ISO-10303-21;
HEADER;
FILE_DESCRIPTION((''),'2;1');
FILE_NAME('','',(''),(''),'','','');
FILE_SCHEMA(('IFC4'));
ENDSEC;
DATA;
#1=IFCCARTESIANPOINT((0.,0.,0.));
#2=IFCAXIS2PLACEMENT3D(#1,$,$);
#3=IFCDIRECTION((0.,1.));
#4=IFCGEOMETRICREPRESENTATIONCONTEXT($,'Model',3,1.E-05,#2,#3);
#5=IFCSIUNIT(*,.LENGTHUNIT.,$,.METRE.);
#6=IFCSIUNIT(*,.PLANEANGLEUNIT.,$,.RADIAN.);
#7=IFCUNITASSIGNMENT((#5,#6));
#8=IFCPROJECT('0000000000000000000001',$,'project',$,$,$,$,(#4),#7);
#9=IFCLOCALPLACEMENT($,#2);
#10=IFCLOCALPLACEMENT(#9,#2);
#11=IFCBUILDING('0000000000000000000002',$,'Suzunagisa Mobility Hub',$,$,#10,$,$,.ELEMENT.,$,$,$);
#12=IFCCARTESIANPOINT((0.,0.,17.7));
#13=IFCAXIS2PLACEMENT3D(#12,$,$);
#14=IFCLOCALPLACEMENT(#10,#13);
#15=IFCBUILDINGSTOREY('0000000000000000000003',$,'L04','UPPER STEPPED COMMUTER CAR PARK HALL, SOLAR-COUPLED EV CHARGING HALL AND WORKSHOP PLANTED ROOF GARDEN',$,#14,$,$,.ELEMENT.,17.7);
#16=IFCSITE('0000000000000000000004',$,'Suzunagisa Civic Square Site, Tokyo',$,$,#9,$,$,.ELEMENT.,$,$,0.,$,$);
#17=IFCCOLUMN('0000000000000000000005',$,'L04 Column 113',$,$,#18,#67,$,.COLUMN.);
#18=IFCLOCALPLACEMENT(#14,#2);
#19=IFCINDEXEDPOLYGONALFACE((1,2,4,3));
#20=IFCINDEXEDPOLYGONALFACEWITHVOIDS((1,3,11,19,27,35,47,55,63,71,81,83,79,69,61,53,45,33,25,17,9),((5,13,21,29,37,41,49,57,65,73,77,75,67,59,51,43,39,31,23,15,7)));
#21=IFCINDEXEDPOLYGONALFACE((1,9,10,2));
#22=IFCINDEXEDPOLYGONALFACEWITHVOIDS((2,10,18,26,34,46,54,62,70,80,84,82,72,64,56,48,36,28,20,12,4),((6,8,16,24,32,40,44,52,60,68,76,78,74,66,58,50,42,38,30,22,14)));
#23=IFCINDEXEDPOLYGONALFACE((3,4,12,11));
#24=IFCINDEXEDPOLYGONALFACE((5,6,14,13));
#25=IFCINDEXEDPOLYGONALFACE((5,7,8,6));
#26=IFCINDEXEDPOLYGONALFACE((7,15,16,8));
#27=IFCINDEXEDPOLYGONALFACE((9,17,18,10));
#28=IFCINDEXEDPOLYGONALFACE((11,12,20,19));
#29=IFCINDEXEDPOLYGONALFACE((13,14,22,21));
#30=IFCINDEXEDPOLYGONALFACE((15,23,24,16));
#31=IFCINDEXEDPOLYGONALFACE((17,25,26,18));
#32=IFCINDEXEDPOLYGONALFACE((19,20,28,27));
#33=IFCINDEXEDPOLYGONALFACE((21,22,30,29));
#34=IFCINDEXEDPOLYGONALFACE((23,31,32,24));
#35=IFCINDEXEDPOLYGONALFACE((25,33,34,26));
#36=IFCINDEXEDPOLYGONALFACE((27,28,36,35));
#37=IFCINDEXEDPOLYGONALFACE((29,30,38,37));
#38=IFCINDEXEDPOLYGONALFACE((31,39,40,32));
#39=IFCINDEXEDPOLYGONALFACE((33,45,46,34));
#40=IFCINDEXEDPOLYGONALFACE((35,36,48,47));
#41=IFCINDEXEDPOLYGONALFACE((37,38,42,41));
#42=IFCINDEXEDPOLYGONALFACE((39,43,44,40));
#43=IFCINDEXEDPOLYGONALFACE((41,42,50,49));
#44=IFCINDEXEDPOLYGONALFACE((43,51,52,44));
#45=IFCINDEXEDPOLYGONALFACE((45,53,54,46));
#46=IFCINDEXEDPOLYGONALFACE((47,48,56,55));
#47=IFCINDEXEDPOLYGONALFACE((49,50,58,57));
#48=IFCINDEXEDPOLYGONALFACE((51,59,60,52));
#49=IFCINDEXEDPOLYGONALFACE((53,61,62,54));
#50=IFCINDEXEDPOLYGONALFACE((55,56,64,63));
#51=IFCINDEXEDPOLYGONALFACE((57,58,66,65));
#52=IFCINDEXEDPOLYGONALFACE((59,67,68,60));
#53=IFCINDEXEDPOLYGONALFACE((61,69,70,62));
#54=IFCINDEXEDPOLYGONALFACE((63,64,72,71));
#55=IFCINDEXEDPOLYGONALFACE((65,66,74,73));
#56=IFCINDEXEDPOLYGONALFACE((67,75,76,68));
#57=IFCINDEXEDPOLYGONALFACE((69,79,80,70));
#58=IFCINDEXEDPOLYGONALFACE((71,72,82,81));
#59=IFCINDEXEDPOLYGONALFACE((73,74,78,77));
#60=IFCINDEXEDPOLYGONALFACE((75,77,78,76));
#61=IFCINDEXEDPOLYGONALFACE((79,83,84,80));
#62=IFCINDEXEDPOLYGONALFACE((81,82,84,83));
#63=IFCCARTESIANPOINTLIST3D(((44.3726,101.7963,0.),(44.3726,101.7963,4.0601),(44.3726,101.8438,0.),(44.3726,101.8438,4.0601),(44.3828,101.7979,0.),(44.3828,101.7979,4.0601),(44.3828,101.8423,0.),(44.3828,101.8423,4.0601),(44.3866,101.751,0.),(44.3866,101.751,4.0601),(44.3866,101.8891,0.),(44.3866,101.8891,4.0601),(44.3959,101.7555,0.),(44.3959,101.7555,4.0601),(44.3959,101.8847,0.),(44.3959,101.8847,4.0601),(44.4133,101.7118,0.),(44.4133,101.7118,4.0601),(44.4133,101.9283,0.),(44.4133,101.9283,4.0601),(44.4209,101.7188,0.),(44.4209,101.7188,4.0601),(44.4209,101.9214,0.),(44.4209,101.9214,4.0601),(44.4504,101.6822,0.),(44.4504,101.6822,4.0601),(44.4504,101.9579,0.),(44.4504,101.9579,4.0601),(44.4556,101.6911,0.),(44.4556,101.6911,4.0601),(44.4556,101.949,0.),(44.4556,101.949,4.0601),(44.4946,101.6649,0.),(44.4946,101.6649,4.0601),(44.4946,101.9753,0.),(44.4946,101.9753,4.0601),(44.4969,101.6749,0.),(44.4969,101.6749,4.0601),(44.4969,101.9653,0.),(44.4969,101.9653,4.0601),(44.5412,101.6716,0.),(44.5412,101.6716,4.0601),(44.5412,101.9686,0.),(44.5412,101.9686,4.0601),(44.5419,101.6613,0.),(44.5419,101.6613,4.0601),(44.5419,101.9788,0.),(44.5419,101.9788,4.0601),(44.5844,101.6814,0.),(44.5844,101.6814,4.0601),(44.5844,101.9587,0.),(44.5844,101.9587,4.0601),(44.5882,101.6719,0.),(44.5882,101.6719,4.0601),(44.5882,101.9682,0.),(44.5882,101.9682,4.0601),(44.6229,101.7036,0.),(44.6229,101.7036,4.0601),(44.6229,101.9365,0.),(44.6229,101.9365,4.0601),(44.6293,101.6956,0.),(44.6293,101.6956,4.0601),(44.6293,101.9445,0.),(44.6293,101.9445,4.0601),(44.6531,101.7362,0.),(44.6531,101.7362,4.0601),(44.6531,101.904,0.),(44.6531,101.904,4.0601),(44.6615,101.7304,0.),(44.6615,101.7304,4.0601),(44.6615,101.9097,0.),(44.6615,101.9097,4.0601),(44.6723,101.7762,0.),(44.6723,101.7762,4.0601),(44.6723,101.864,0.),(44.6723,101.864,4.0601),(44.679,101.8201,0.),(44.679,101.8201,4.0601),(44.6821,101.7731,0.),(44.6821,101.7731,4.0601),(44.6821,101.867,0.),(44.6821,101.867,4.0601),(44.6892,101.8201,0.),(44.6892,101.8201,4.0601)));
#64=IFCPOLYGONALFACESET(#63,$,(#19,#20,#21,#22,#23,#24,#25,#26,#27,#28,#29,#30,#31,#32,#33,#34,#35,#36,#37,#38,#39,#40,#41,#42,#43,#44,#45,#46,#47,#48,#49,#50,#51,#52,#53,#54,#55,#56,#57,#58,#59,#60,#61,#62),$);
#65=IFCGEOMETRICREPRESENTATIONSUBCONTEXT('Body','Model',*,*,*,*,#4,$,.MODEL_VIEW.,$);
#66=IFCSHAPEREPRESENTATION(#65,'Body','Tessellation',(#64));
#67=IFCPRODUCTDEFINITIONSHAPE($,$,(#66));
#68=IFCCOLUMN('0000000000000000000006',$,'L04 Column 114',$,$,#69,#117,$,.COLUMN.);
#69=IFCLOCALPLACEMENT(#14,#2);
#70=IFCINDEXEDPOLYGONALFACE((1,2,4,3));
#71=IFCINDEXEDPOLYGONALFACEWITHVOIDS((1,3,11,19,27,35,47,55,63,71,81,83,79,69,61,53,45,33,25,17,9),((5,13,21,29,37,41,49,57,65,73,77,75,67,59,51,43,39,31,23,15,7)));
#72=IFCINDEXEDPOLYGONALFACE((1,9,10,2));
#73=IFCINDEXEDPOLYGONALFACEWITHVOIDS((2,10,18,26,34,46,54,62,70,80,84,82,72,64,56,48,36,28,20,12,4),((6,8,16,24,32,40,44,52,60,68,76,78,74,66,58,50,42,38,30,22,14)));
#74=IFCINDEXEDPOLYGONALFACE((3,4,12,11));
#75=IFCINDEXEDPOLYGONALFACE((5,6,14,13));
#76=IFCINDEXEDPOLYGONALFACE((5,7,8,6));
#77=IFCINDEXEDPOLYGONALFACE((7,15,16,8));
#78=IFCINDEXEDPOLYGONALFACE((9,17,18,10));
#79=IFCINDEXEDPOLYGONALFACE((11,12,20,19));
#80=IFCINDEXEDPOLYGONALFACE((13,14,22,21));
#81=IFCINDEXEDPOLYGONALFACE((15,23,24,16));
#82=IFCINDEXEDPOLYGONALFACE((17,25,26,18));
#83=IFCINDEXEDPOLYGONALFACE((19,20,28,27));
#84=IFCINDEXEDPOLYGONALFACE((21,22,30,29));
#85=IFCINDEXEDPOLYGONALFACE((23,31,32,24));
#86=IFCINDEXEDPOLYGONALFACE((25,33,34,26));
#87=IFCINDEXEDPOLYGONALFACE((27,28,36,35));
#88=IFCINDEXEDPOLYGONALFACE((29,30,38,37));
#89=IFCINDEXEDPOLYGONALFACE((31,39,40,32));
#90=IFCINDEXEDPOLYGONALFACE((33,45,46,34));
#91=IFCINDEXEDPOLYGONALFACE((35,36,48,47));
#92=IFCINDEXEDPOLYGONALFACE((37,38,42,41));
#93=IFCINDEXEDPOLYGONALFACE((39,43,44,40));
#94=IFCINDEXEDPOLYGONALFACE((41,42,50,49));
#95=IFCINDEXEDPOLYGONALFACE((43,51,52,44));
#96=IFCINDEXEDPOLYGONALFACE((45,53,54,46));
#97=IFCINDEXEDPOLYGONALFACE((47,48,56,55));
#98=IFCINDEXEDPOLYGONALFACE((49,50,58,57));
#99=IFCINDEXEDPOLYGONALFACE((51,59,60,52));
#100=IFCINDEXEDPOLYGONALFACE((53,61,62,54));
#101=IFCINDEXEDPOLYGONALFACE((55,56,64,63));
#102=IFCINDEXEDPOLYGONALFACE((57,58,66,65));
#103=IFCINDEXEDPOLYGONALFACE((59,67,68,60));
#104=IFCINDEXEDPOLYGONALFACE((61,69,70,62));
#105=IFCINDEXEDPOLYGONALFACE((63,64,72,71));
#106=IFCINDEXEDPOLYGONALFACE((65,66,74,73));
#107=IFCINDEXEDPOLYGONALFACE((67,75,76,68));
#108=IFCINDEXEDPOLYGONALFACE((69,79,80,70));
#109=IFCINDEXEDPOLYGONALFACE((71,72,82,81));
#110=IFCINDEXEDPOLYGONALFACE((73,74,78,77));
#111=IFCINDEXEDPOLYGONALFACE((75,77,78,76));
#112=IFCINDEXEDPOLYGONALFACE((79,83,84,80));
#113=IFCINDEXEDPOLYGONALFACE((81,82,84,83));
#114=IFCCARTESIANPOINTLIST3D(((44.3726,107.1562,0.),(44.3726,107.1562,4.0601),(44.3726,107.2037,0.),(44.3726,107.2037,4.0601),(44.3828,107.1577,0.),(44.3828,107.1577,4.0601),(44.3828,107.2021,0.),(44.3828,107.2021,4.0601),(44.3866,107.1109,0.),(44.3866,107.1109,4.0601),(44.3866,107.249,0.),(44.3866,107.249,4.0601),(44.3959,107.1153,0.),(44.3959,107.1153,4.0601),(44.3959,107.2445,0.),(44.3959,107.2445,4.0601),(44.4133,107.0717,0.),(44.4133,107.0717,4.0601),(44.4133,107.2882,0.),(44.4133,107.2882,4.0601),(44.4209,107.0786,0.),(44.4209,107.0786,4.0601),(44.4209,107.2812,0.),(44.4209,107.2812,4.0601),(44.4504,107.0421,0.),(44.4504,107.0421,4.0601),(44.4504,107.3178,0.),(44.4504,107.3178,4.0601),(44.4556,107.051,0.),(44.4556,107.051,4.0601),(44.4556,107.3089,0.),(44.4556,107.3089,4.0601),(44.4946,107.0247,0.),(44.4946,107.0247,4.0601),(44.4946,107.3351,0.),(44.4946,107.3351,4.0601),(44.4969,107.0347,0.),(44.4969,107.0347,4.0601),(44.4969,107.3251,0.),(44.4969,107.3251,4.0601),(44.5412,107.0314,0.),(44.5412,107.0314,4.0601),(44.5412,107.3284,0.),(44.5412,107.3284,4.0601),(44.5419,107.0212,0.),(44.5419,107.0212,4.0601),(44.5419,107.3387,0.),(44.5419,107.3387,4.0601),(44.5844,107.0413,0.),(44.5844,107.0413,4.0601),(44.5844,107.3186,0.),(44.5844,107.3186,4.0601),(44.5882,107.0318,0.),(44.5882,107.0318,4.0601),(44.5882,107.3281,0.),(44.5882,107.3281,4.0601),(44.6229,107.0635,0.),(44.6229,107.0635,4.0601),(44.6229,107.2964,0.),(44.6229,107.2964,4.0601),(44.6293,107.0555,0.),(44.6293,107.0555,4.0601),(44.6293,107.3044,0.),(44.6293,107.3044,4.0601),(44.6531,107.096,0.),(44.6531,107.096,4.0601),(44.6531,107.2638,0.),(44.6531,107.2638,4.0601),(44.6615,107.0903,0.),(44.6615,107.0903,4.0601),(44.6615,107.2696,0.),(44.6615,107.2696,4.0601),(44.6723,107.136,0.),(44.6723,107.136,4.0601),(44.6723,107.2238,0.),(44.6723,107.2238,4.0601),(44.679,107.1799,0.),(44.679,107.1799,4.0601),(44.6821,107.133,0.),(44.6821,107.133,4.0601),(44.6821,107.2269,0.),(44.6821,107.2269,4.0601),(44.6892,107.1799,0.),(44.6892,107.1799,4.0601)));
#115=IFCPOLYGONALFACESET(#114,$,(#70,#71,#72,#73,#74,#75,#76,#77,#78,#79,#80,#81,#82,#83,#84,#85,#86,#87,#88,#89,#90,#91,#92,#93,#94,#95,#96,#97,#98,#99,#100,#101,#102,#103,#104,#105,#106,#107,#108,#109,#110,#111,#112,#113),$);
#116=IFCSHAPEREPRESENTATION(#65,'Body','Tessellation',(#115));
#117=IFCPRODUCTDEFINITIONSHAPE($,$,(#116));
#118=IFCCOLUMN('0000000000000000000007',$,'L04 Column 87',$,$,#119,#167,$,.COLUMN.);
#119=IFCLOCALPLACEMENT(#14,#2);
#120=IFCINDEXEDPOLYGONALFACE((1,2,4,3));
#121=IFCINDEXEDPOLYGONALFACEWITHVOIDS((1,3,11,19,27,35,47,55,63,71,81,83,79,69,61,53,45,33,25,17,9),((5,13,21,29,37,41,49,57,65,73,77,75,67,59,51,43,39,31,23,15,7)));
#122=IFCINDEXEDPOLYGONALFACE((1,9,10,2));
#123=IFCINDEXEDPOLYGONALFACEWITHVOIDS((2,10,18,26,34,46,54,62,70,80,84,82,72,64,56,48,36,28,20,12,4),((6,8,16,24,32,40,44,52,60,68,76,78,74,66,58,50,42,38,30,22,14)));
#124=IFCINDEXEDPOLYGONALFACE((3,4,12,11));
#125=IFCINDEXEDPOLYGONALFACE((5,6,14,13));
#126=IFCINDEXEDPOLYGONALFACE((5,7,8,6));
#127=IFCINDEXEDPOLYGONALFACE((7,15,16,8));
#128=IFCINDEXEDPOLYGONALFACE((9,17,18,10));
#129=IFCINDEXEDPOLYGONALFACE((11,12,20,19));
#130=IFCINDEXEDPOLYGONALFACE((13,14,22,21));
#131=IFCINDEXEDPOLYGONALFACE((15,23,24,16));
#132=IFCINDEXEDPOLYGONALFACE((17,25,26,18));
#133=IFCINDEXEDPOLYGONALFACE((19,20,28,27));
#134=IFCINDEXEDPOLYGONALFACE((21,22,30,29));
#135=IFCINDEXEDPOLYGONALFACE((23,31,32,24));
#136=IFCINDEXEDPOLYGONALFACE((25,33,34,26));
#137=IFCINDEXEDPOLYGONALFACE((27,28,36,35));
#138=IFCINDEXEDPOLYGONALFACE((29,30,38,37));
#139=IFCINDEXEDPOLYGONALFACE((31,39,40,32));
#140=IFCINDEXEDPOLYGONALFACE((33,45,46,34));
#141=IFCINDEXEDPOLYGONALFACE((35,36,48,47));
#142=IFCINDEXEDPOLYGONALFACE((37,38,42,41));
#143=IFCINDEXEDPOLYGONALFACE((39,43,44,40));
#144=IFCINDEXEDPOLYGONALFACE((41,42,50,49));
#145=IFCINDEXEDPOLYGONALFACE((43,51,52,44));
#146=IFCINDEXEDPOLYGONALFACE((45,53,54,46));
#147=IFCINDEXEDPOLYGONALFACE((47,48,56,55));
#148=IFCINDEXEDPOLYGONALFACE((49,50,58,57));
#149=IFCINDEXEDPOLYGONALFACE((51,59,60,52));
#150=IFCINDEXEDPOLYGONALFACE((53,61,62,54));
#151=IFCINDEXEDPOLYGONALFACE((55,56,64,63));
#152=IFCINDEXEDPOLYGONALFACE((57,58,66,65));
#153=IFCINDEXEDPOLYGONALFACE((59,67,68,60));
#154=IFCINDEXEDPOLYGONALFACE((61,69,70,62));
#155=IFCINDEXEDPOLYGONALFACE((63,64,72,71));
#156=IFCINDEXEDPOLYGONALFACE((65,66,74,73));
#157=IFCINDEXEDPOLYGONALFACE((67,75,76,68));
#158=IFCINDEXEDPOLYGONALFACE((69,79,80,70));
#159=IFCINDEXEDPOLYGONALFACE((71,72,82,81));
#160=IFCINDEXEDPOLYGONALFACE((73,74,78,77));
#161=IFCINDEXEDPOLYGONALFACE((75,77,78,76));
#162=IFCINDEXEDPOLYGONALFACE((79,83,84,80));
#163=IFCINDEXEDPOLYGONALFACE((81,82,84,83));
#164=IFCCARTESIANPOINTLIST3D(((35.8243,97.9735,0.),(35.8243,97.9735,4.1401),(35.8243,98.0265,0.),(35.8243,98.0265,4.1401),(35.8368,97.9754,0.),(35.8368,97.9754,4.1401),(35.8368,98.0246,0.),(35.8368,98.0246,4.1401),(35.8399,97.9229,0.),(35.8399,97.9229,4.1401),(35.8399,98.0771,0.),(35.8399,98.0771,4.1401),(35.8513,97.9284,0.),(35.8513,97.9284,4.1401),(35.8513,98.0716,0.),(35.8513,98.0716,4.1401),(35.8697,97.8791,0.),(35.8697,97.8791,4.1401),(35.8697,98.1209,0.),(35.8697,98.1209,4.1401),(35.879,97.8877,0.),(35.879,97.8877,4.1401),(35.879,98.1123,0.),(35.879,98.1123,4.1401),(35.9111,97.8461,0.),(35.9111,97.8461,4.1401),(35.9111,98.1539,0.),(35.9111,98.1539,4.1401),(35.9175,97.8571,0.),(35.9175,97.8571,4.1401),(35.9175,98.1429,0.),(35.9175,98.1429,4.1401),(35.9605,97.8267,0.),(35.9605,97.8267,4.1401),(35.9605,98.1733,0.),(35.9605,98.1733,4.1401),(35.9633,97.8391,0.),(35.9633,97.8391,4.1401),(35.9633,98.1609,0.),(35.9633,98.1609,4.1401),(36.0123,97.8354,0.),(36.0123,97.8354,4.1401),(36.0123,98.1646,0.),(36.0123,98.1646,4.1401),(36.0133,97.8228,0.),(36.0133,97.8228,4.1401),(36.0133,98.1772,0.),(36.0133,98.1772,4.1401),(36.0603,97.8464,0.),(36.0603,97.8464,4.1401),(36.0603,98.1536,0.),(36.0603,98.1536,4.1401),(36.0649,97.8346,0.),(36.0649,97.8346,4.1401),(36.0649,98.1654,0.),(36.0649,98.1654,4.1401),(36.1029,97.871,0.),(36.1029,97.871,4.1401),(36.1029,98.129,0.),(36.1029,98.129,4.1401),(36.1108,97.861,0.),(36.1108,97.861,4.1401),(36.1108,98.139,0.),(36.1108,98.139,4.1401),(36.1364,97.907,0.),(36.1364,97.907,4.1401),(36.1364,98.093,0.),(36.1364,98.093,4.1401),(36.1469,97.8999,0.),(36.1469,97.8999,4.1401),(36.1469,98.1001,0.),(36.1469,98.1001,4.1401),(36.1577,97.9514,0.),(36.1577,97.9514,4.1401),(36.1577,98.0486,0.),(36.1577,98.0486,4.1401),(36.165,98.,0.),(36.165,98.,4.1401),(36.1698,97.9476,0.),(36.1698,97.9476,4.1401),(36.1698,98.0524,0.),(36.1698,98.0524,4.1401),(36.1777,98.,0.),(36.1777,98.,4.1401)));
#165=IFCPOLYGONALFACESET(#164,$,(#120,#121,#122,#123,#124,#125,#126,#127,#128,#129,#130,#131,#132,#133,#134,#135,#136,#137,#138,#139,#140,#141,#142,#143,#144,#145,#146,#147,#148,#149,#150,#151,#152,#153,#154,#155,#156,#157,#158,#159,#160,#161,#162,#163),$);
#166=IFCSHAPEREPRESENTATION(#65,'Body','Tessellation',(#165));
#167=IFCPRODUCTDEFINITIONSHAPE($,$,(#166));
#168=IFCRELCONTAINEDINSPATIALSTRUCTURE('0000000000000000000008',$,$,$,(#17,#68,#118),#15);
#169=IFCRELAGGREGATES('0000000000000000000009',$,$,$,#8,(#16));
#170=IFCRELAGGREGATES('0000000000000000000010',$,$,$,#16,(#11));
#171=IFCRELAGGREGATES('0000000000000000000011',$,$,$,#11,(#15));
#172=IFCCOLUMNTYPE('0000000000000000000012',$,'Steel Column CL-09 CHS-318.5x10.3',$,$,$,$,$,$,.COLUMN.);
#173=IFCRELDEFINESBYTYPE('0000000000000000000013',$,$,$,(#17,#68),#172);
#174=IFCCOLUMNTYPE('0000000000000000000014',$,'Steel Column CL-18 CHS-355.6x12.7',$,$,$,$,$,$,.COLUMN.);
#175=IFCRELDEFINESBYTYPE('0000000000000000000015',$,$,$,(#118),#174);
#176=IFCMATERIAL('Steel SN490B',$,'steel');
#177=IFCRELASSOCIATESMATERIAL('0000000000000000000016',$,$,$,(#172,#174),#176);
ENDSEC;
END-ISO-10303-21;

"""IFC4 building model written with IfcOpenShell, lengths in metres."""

from ifc_helpers import new_model, si_unit, direction, frame, origin, origin_2d, place, context, subcontext, project, spatial, hollow_circle, extrude, material, material_profile, profile_set, type_object, element, save


model = new_model("IFC4")

# Units and contexts
model_context = context("Model", 3, precision=1e-05, world=origin(), true_north=direction((0.0, 1.0)))
body_context = subcontext(model_context, "Body", "Model", "MODEL_VIEW")
ifc_project = project(units=[si_unit("LENGTHUNIT", "METRE"), si_unit("PLANEANGLEUNIT", "RADIAN")], contexts=[model_context])

# Site, building, storey
site_placement = place(None, origin())
site = spatial("IfcSite", under=ifc_project, at=site_placement, Name="Suzunagisa Civic Square Site, Tokyo", CompositionType="ELEMENT", RefElevation=0.0)
building_placement = place(site_placement, origin())
building = spatial("IfcBuilding", under=site, at=building_placement, Name="Suzunagisa Mobility Hub", CompositionType="ELEMENT")
storey_placement = place(building_placement, frame((0.0, 0.0, 17.7)))
storey = spatial("IfcBuildingStorey", under=building, at=storey_placement, Name="L04", Description="UPPER STEPPED COMMUTER CAR PARK HALL, SOLAR-COUPLED EV CHARGING HALL AND WORKSHOP PLANTED ROOF GARDEN", CompositionType="ELEMENT", Elevation=17.7)

# Columns
ifc_material_1 = material(Name="Steel SN490B", Category="steel")
ifc_material_profile_1 = material_profile(ifc_material_1, hollow_circle(Radius=0.1592, WallThickness=0.0103, at=origin_2d()), Name="CHS-318.5x10.3")
ifc_profile_set_1 = profile_set([ifc_material_profile_1], Name="Steel SN490B")
column_type_1 = type_object("IfcColumnType", Name="Steel Column CL-09 CHS-318.5x10.3", PredefinedType="COLUMN", material=ifc_profile_set_1)
for number, where, z_axis, x_axis, name in (
    (1, (44.53, 101.8201, 0.0), (0.0, 0.0, 1.0), (1.0, 0.0, 0.0), "L04 Column 113"),
    (2, (44.53, 107.1799, 0.0), (0.0, 0.0, 1.0), (1.0, 0.0, 0.0), "L04 Column 114"),
):
    element("IfcColumn", number, at=place(storey_placement, frame(where, z_axis=z_axis, x_axis=x_axis)), inside=storey, type_object=column_type_1, Name=name, PredefinedType="COLUMN", context=body_context, shape_type="SweptSolid", body=[
        extrude(hollow_circle(Radius=0.1592, WallThickness=0.0103, at=origin_2d()), origin(), (0.0, 0.0, 1.0), 4.0601),
    ])
ifc_material_profile_2 = material_profile(ifc_material_1, hollow_circle(Radius=0.1777, WallThickness=0.0127, at=origin_2d()), Name="CHS-355.6x12.7")
ifc_profile_set_2 = profile_set([ifc_material_profile_2], Name="Steel SN490B")
column_type_2 = type_object("IfcColumnType", Name="Steel Column CL-18 CHS-355.6x12.7", PredefinedType="COLUMN", material=ifc_profile_set_2)
for number, where, z_axis, x_axis, name in (
    (3, (36.0, 98.0, 0.0), (0.0, 0.0, 1.0), (1.0, 0.0, 0.0), "L04 Column 87"),
):
    element("IfcColumn", number, at=place(storey_placement, frame(where, z_axis=z_axis, x_axis=x_axis)), inside=storey, type_object=column_type_2, Name=name, PredefinedType="COLUMN", context=body_context, shape_type="SweptSolid", body=[
        extrude(hollow_circle(Radius=0.1777, WallThickness=0.0127, at=origin_2d()), origin(), (0.0, 0.0, 1.0), 4.1401),
    ])

save(model, "model.ifc")
